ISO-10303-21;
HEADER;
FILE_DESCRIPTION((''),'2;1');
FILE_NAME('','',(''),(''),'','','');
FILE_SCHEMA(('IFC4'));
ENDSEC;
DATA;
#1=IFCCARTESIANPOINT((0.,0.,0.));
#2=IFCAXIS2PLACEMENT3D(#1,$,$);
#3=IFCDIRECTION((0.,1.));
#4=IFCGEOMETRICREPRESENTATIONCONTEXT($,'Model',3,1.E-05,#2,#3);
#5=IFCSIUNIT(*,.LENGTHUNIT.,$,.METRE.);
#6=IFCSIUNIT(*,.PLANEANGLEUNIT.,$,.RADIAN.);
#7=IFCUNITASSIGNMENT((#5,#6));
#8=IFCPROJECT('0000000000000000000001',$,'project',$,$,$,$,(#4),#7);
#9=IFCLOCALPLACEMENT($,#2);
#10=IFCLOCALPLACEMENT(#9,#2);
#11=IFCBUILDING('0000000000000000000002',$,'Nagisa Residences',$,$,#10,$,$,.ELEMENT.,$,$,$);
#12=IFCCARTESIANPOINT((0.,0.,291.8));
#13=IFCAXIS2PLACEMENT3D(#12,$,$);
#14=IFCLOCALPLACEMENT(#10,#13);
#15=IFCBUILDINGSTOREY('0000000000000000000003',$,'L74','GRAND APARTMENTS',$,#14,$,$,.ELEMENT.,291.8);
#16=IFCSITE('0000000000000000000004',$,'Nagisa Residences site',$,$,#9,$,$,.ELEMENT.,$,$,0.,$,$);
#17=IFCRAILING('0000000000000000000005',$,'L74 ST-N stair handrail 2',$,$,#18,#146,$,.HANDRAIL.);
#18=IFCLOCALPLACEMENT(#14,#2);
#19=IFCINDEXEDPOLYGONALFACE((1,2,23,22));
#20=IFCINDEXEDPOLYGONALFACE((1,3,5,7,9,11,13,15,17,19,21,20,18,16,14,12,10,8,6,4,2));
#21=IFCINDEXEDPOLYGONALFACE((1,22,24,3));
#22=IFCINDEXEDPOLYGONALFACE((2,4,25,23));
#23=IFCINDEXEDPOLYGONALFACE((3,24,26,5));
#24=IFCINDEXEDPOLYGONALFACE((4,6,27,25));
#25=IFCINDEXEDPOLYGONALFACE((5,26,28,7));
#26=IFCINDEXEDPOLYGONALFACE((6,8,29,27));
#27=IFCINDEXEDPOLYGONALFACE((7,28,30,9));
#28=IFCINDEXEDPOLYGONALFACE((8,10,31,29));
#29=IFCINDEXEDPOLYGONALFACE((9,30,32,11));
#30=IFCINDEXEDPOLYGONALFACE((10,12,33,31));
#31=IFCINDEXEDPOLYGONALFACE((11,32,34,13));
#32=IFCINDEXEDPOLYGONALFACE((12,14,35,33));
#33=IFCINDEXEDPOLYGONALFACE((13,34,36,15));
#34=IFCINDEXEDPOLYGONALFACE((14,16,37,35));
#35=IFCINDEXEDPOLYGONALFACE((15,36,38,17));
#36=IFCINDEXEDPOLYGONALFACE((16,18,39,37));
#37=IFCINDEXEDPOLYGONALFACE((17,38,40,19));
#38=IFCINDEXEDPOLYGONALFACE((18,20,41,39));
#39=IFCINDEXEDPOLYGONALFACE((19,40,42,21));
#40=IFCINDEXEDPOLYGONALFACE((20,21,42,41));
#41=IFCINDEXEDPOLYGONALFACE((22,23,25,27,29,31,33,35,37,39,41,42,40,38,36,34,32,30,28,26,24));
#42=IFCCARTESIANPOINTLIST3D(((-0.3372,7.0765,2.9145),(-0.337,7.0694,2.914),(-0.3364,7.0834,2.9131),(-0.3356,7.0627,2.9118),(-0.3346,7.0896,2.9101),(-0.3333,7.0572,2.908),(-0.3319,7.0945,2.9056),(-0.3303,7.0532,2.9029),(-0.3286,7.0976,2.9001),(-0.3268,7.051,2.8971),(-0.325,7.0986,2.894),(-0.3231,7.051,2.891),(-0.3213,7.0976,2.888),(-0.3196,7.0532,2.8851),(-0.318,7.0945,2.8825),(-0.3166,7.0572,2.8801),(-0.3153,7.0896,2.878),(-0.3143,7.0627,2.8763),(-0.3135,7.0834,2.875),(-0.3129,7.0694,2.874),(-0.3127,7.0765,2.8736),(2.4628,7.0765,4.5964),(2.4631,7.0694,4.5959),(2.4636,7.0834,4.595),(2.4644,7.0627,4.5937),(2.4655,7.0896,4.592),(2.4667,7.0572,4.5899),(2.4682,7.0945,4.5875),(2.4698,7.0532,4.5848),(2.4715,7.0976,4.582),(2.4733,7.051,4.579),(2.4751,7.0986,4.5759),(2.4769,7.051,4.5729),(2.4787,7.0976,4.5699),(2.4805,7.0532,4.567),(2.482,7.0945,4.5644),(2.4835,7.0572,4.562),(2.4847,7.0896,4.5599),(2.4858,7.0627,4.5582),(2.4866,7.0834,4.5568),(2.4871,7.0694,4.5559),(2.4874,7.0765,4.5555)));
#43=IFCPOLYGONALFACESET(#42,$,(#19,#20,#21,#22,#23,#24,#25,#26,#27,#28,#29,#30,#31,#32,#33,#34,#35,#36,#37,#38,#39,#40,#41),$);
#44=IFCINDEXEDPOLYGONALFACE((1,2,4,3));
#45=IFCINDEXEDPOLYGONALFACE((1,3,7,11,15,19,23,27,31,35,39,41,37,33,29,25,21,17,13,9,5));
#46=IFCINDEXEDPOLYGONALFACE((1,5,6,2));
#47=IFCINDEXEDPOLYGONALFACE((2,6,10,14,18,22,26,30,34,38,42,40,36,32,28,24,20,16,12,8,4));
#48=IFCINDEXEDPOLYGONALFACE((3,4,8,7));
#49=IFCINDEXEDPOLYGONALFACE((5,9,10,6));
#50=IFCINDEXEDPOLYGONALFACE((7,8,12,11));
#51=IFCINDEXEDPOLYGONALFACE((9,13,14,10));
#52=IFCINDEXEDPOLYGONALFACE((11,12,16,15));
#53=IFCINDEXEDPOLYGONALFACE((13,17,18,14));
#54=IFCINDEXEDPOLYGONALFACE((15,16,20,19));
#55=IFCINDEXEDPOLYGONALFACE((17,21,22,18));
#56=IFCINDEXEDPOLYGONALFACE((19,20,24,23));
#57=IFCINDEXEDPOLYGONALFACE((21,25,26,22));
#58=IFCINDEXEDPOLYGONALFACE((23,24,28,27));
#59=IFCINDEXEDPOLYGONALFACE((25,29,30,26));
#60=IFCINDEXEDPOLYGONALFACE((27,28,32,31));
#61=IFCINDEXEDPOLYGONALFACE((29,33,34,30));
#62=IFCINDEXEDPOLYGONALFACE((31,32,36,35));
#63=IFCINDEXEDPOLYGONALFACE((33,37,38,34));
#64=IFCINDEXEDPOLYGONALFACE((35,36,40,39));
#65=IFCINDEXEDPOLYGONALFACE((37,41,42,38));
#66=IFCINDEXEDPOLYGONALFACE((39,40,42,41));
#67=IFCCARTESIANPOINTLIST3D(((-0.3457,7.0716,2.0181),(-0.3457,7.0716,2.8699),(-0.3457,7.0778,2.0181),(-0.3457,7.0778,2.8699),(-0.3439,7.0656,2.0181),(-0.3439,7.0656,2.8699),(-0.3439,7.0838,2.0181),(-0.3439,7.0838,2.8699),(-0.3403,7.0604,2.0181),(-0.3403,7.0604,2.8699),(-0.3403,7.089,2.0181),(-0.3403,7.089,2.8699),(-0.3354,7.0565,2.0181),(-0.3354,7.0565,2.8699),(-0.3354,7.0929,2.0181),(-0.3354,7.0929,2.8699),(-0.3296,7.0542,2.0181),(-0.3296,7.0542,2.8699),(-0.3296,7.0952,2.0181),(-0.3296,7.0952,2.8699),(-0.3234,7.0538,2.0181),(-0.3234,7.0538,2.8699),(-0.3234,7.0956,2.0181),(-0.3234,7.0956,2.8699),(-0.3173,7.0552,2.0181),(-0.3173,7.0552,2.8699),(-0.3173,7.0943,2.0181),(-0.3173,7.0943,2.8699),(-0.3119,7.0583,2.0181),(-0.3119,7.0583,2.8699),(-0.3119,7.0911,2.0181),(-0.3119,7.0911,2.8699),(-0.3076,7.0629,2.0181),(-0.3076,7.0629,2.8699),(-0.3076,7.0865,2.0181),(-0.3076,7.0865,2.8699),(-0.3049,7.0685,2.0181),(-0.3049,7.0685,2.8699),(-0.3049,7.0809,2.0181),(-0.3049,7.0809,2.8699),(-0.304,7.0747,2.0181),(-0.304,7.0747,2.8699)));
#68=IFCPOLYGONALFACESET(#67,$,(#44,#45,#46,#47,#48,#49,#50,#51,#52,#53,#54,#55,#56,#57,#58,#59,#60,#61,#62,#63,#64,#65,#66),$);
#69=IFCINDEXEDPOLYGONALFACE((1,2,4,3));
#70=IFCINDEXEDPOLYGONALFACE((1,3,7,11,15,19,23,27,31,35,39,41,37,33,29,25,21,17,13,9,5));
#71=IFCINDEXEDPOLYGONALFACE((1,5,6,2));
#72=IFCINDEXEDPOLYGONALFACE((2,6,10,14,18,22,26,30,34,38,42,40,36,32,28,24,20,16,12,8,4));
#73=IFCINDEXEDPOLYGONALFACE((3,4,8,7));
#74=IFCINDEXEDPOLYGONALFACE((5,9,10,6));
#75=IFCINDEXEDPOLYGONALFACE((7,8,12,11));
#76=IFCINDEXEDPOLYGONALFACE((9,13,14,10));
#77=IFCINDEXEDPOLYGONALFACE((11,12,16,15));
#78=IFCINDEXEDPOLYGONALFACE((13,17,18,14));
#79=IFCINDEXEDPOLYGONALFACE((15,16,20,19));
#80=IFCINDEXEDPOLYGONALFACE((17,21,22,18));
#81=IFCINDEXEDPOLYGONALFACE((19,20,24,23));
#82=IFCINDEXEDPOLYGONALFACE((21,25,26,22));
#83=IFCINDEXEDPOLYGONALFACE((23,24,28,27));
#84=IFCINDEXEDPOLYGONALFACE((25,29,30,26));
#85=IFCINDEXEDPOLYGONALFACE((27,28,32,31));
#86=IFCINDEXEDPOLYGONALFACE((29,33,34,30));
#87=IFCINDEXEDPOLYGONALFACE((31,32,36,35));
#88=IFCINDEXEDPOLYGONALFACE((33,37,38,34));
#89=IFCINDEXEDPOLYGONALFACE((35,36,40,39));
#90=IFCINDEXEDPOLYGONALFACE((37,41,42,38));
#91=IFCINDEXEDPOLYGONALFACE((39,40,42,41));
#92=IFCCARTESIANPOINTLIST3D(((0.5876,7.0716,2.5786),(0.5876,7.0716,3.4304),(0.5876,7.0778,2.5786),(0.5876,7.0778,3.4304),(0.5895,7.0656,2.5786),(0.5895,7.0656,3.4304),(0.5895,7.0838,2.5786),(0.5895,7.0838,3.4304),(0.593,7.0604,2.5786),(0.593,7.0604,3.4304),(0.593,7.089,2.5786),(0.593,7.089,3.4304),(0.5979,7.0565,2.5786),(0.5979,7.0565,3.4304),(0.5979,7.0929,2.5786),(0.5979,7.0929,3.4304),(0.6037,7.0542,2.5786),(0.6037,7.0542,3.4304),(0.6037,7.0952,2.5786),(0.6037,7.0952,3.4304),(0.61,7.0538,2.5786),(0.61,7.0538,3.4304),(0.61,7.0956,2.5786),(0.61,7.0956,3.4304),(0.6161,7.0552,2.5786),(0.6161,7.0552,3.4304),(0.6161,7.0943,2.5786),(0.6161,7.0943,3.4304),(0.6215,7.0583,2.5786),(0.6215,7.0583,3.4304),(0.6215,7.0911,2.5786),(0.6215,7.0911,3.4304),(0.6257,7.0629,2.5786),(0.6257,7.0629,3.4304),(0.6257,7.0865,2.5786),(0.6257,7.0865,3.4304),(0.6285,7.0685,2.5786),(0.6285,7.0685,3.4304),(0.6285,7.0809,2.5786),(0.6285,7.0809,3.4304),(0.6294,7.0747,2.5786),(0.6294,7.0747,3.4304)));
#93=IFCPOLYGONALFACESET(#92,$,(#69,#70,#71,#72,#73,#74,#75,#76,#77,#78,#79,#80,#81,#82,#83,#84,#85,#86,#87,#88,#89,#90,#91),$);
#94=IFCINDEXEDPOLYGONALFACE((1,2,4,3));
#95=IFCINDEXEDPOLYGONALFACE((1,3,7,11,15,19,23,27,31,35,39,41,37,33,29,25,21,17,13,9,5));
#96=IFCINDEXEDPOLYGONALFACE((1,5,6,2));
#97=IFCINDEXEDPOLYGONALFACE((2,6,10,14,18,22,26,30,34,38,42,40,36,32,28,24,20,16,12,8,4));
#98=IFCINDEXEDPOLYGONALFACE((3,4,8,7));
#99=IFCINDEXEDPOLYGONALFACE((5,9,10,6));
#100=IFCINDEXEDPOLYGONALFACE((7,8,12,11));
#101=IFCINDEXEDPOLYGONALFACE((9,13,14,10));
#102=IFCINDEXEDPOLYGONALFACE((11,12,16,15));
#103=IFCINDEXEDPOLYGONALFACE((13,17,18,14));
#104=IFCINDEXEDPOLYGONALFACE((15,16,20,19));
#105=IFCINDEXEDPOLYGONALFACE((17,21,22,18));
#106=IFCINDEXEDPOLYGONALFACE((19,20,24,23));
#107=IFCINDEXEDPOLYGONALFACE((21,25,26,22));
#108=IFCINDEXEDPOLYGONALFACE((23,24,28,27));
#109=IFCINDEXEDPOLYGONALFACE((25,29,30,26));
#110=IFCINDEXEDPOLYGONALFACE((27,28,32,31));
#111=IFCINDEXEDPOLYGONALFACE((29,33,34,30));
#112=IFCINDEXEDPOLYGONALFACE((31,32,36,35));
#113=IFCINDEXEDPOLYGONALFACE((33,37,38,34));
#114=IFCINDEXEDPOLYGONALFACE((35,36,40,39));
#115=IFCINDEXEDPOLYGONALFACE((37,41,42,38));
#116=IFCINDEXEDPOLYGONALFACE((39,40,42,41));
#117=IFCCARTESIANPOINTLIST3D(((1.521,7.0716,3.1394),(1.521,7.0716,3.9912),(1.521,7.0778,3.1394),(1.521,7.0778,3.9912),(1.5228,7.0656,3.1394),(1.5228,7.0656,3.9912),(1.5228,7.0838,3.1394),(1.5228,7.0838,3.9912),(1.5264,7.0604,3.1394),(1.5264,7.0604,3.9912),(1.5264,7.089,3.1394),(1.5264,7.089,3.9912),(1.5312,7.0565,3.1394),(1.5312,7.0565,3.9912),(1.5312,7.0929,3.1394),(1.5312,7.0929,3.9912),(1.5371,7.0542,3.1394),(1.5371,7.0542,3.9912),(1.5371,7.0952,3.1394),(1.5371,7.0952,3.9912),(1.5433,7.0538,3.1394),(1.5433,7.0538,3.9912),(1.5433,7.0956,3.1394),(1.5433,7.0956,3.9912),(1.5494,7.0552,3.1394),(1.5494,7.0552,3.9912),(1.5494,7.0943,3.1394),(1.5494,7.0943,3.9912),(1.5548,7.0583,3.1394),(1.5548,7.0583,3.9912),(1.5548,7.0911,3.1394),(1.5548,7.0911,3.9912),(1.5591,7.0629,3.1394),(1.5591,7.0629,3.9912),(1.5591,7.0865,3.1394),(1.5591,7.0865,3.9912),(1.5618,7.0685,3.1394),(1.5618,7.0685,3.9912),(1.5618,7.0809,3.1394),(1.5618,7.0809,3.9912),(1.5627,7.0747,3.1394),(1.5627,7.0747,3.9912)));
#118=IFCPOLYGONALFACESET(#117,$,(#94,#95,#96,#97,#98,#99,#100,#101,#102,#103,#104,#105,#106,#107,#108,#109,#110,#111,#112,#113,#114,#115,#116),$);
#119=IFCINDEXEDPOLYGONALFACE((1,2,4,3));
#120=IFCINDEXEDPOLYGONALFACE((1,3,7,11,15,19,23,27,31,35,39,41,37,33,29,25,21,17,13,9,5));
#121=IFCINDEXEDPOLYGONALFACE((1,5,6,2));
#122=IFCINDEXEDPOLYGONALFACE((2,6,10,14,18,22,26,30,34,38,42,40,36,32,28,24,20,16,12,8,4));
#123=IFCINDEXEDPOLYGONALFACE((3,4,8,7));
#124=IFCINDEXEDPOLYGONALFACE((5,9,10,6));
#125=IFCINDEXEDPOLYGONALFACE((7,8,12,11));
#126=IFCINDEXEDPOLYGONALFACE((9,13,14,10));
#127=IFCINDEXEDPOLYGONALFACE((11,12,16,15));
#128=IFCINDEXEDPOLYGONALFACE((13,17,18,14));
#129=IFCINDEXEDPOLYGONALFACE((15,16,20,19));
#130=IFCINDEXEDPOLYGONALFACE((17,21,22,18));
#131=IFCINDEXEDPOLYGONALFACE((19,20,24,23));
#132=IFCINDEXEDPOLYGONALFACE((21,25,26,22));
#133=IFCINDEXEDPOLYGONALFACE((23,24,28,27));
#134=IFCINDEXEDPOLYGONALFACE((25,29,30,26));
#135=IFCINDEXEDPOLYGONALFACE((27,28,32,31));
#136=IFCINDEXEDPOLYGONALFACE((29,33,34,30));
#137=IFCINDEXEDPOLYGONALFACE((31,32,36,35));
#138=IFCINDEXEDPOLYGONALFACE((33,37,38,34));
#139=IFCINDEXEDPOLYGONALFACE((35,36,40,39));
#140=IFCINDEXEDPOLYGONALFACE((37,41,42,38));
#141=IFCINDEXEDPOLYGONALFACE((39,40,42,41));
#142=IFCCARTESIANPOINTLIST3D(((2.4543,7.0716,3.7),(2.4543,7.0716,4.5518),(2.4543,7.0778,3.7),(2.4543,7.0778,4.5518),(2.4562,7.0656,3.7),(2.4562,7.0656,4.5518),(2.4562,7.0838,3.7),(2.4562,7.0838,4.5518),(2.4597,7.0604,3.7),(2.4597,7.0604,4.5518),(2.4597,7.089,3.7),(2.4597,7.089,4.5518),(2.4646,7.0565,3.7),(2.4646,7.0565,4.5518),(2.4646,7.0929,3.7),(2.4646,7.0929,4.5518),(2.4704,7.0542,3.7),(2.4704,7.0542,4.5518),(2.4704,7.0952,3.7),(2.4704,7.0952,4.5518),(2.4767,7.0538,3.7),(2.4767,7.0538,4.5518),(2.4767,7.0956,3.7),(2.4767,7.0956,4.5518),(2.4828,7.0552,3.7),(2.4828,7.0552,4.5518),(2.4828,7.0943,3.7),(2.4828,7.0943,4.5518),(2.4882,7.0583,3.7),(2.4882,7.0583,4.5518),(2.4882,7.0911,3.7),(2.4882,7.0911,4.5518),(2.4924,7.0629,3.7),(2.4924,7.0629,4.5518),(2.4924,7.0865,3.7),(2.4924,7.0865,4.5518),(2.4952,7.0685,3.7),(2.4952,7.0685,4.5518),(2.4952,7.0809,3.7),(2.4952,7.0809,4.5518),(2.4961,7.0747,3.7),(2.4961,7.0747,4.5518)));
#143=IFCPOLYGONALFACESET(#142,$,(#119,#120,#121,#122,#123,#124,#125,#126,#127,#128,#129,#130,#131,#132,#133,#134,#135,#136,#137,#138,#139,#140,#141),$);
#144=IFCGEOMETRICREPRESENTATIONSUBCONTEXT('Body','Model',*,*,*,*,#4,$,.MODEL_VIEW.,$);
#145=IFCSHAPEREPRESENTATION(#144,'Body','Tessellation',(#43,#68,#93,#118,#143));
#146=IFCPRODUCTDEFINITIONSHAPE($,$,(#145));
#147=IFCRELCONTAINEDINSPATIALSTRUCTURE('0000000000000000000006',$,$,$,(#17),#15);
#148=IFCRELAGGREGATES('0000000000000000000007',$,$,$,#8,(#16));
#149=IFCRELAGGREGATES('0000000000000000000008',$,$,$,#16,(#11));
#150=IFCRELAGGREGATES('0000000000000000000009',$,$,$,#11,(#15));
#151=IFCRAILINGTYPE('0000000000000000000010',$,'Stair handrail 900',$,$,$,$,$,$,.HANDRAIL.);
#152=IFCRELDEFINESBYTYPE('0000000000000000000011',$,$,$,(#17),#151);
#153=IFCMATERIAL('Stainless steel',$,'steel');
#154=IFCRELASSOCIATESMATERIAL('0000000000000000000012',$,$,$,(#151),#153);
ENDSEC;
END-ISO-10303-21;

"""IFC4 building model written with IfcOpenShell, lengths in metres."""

from ifc_helpers import new_model, si_unit, direction, frame, origin, origin_2d, place, context, subcontext, project, spatial, circle, extrude, material, type_object, element, save


model = new_model("IFC4")

# Units and contexts
model_context = context("Model", 3, precision=1e-05, world=origin(), true_north=direction((0.0, 1.0)))
body_context = subcontext(model_context, "Body", "Model", "MODEL_VIEW")
ifc_project = project(units=[si_unit("LENGTHUNIT", "METRE"), si_unit("PLANEANGLEUNIT", "RADIAN")], contexts=[model_context])

# Site, building, storey
site_placement = place(None, origin())
site = spatial("IfcSite", under=ifc_project, at=site_placement, Name="Nagisa Residences site", CompositionType="ELEMENT", RefElevation=0.0)
building_placement = place(site_placement, origin())
building = spatial("IfcBuilding", under=site, at=building_placement, Name="Nagisa Residences", CompositionType="ELEMENT")
storey_placement = place(building_placement, frame((0.0, 0.0, 291.8)))
storey = spatial("IfcBuildingStorey", under=building, at=storey_placement, Name="L74", Description="GRAND APARTMENTS", CompositionType="ELEMENT", Elevation=291.8)

# Railing
ifc_material_1 = material(Name="Stainless steel", Category="steel")
railing_type = type_object("IfcRailingType", Name="Stair handrail 900", PredefinedType="HANDRAIL", material=ifc_material_1)
railing_placement = place(storey_placement, frame((-0.325, 7.0747, 2.0181)))
element("IfcRailing", 1, at=railing_placement, inside=storey, type_object=railing_type, Name="L74 ST-N stair handrail 2", PredefinedType="HANDRAIL", context=body_context, shape_type="SweptSolid", body=[
    extrude(circle(Radius=0.0239, at=origin_2d()), frame((0.0, 0.0, 0.876), z_axis=(0.857242, 0.0, 0.514913), x_axis=(0.0, 1.0, 0.0)), (0.0, 0.0, 1.0), 3.2664),
    extrude(circle(Radius=0.021, at=origin_2d()), origin(), (0.0, 0.0, 1.0), 0.8518),
    extrude(circle(Radius=0.021, at=origin_2d()), frame((0.9333, 0.0, 0.5605)), (0.0, 0.0, 1.0), 0.8518),
    extrude(circle(Radius=0.021, at=origin_2d()), frame((1.8667, 0.0, 1.1213)), (0.0, 0.0, 1.0), 0.8518),
    extrude(circle(Radius=0.021, at=origin_2d()), frame((2.8, 0.0, 1.6819)), (0.0, 0.0, 1.0), 0.8518),
])

save(model, "model.ifc")
